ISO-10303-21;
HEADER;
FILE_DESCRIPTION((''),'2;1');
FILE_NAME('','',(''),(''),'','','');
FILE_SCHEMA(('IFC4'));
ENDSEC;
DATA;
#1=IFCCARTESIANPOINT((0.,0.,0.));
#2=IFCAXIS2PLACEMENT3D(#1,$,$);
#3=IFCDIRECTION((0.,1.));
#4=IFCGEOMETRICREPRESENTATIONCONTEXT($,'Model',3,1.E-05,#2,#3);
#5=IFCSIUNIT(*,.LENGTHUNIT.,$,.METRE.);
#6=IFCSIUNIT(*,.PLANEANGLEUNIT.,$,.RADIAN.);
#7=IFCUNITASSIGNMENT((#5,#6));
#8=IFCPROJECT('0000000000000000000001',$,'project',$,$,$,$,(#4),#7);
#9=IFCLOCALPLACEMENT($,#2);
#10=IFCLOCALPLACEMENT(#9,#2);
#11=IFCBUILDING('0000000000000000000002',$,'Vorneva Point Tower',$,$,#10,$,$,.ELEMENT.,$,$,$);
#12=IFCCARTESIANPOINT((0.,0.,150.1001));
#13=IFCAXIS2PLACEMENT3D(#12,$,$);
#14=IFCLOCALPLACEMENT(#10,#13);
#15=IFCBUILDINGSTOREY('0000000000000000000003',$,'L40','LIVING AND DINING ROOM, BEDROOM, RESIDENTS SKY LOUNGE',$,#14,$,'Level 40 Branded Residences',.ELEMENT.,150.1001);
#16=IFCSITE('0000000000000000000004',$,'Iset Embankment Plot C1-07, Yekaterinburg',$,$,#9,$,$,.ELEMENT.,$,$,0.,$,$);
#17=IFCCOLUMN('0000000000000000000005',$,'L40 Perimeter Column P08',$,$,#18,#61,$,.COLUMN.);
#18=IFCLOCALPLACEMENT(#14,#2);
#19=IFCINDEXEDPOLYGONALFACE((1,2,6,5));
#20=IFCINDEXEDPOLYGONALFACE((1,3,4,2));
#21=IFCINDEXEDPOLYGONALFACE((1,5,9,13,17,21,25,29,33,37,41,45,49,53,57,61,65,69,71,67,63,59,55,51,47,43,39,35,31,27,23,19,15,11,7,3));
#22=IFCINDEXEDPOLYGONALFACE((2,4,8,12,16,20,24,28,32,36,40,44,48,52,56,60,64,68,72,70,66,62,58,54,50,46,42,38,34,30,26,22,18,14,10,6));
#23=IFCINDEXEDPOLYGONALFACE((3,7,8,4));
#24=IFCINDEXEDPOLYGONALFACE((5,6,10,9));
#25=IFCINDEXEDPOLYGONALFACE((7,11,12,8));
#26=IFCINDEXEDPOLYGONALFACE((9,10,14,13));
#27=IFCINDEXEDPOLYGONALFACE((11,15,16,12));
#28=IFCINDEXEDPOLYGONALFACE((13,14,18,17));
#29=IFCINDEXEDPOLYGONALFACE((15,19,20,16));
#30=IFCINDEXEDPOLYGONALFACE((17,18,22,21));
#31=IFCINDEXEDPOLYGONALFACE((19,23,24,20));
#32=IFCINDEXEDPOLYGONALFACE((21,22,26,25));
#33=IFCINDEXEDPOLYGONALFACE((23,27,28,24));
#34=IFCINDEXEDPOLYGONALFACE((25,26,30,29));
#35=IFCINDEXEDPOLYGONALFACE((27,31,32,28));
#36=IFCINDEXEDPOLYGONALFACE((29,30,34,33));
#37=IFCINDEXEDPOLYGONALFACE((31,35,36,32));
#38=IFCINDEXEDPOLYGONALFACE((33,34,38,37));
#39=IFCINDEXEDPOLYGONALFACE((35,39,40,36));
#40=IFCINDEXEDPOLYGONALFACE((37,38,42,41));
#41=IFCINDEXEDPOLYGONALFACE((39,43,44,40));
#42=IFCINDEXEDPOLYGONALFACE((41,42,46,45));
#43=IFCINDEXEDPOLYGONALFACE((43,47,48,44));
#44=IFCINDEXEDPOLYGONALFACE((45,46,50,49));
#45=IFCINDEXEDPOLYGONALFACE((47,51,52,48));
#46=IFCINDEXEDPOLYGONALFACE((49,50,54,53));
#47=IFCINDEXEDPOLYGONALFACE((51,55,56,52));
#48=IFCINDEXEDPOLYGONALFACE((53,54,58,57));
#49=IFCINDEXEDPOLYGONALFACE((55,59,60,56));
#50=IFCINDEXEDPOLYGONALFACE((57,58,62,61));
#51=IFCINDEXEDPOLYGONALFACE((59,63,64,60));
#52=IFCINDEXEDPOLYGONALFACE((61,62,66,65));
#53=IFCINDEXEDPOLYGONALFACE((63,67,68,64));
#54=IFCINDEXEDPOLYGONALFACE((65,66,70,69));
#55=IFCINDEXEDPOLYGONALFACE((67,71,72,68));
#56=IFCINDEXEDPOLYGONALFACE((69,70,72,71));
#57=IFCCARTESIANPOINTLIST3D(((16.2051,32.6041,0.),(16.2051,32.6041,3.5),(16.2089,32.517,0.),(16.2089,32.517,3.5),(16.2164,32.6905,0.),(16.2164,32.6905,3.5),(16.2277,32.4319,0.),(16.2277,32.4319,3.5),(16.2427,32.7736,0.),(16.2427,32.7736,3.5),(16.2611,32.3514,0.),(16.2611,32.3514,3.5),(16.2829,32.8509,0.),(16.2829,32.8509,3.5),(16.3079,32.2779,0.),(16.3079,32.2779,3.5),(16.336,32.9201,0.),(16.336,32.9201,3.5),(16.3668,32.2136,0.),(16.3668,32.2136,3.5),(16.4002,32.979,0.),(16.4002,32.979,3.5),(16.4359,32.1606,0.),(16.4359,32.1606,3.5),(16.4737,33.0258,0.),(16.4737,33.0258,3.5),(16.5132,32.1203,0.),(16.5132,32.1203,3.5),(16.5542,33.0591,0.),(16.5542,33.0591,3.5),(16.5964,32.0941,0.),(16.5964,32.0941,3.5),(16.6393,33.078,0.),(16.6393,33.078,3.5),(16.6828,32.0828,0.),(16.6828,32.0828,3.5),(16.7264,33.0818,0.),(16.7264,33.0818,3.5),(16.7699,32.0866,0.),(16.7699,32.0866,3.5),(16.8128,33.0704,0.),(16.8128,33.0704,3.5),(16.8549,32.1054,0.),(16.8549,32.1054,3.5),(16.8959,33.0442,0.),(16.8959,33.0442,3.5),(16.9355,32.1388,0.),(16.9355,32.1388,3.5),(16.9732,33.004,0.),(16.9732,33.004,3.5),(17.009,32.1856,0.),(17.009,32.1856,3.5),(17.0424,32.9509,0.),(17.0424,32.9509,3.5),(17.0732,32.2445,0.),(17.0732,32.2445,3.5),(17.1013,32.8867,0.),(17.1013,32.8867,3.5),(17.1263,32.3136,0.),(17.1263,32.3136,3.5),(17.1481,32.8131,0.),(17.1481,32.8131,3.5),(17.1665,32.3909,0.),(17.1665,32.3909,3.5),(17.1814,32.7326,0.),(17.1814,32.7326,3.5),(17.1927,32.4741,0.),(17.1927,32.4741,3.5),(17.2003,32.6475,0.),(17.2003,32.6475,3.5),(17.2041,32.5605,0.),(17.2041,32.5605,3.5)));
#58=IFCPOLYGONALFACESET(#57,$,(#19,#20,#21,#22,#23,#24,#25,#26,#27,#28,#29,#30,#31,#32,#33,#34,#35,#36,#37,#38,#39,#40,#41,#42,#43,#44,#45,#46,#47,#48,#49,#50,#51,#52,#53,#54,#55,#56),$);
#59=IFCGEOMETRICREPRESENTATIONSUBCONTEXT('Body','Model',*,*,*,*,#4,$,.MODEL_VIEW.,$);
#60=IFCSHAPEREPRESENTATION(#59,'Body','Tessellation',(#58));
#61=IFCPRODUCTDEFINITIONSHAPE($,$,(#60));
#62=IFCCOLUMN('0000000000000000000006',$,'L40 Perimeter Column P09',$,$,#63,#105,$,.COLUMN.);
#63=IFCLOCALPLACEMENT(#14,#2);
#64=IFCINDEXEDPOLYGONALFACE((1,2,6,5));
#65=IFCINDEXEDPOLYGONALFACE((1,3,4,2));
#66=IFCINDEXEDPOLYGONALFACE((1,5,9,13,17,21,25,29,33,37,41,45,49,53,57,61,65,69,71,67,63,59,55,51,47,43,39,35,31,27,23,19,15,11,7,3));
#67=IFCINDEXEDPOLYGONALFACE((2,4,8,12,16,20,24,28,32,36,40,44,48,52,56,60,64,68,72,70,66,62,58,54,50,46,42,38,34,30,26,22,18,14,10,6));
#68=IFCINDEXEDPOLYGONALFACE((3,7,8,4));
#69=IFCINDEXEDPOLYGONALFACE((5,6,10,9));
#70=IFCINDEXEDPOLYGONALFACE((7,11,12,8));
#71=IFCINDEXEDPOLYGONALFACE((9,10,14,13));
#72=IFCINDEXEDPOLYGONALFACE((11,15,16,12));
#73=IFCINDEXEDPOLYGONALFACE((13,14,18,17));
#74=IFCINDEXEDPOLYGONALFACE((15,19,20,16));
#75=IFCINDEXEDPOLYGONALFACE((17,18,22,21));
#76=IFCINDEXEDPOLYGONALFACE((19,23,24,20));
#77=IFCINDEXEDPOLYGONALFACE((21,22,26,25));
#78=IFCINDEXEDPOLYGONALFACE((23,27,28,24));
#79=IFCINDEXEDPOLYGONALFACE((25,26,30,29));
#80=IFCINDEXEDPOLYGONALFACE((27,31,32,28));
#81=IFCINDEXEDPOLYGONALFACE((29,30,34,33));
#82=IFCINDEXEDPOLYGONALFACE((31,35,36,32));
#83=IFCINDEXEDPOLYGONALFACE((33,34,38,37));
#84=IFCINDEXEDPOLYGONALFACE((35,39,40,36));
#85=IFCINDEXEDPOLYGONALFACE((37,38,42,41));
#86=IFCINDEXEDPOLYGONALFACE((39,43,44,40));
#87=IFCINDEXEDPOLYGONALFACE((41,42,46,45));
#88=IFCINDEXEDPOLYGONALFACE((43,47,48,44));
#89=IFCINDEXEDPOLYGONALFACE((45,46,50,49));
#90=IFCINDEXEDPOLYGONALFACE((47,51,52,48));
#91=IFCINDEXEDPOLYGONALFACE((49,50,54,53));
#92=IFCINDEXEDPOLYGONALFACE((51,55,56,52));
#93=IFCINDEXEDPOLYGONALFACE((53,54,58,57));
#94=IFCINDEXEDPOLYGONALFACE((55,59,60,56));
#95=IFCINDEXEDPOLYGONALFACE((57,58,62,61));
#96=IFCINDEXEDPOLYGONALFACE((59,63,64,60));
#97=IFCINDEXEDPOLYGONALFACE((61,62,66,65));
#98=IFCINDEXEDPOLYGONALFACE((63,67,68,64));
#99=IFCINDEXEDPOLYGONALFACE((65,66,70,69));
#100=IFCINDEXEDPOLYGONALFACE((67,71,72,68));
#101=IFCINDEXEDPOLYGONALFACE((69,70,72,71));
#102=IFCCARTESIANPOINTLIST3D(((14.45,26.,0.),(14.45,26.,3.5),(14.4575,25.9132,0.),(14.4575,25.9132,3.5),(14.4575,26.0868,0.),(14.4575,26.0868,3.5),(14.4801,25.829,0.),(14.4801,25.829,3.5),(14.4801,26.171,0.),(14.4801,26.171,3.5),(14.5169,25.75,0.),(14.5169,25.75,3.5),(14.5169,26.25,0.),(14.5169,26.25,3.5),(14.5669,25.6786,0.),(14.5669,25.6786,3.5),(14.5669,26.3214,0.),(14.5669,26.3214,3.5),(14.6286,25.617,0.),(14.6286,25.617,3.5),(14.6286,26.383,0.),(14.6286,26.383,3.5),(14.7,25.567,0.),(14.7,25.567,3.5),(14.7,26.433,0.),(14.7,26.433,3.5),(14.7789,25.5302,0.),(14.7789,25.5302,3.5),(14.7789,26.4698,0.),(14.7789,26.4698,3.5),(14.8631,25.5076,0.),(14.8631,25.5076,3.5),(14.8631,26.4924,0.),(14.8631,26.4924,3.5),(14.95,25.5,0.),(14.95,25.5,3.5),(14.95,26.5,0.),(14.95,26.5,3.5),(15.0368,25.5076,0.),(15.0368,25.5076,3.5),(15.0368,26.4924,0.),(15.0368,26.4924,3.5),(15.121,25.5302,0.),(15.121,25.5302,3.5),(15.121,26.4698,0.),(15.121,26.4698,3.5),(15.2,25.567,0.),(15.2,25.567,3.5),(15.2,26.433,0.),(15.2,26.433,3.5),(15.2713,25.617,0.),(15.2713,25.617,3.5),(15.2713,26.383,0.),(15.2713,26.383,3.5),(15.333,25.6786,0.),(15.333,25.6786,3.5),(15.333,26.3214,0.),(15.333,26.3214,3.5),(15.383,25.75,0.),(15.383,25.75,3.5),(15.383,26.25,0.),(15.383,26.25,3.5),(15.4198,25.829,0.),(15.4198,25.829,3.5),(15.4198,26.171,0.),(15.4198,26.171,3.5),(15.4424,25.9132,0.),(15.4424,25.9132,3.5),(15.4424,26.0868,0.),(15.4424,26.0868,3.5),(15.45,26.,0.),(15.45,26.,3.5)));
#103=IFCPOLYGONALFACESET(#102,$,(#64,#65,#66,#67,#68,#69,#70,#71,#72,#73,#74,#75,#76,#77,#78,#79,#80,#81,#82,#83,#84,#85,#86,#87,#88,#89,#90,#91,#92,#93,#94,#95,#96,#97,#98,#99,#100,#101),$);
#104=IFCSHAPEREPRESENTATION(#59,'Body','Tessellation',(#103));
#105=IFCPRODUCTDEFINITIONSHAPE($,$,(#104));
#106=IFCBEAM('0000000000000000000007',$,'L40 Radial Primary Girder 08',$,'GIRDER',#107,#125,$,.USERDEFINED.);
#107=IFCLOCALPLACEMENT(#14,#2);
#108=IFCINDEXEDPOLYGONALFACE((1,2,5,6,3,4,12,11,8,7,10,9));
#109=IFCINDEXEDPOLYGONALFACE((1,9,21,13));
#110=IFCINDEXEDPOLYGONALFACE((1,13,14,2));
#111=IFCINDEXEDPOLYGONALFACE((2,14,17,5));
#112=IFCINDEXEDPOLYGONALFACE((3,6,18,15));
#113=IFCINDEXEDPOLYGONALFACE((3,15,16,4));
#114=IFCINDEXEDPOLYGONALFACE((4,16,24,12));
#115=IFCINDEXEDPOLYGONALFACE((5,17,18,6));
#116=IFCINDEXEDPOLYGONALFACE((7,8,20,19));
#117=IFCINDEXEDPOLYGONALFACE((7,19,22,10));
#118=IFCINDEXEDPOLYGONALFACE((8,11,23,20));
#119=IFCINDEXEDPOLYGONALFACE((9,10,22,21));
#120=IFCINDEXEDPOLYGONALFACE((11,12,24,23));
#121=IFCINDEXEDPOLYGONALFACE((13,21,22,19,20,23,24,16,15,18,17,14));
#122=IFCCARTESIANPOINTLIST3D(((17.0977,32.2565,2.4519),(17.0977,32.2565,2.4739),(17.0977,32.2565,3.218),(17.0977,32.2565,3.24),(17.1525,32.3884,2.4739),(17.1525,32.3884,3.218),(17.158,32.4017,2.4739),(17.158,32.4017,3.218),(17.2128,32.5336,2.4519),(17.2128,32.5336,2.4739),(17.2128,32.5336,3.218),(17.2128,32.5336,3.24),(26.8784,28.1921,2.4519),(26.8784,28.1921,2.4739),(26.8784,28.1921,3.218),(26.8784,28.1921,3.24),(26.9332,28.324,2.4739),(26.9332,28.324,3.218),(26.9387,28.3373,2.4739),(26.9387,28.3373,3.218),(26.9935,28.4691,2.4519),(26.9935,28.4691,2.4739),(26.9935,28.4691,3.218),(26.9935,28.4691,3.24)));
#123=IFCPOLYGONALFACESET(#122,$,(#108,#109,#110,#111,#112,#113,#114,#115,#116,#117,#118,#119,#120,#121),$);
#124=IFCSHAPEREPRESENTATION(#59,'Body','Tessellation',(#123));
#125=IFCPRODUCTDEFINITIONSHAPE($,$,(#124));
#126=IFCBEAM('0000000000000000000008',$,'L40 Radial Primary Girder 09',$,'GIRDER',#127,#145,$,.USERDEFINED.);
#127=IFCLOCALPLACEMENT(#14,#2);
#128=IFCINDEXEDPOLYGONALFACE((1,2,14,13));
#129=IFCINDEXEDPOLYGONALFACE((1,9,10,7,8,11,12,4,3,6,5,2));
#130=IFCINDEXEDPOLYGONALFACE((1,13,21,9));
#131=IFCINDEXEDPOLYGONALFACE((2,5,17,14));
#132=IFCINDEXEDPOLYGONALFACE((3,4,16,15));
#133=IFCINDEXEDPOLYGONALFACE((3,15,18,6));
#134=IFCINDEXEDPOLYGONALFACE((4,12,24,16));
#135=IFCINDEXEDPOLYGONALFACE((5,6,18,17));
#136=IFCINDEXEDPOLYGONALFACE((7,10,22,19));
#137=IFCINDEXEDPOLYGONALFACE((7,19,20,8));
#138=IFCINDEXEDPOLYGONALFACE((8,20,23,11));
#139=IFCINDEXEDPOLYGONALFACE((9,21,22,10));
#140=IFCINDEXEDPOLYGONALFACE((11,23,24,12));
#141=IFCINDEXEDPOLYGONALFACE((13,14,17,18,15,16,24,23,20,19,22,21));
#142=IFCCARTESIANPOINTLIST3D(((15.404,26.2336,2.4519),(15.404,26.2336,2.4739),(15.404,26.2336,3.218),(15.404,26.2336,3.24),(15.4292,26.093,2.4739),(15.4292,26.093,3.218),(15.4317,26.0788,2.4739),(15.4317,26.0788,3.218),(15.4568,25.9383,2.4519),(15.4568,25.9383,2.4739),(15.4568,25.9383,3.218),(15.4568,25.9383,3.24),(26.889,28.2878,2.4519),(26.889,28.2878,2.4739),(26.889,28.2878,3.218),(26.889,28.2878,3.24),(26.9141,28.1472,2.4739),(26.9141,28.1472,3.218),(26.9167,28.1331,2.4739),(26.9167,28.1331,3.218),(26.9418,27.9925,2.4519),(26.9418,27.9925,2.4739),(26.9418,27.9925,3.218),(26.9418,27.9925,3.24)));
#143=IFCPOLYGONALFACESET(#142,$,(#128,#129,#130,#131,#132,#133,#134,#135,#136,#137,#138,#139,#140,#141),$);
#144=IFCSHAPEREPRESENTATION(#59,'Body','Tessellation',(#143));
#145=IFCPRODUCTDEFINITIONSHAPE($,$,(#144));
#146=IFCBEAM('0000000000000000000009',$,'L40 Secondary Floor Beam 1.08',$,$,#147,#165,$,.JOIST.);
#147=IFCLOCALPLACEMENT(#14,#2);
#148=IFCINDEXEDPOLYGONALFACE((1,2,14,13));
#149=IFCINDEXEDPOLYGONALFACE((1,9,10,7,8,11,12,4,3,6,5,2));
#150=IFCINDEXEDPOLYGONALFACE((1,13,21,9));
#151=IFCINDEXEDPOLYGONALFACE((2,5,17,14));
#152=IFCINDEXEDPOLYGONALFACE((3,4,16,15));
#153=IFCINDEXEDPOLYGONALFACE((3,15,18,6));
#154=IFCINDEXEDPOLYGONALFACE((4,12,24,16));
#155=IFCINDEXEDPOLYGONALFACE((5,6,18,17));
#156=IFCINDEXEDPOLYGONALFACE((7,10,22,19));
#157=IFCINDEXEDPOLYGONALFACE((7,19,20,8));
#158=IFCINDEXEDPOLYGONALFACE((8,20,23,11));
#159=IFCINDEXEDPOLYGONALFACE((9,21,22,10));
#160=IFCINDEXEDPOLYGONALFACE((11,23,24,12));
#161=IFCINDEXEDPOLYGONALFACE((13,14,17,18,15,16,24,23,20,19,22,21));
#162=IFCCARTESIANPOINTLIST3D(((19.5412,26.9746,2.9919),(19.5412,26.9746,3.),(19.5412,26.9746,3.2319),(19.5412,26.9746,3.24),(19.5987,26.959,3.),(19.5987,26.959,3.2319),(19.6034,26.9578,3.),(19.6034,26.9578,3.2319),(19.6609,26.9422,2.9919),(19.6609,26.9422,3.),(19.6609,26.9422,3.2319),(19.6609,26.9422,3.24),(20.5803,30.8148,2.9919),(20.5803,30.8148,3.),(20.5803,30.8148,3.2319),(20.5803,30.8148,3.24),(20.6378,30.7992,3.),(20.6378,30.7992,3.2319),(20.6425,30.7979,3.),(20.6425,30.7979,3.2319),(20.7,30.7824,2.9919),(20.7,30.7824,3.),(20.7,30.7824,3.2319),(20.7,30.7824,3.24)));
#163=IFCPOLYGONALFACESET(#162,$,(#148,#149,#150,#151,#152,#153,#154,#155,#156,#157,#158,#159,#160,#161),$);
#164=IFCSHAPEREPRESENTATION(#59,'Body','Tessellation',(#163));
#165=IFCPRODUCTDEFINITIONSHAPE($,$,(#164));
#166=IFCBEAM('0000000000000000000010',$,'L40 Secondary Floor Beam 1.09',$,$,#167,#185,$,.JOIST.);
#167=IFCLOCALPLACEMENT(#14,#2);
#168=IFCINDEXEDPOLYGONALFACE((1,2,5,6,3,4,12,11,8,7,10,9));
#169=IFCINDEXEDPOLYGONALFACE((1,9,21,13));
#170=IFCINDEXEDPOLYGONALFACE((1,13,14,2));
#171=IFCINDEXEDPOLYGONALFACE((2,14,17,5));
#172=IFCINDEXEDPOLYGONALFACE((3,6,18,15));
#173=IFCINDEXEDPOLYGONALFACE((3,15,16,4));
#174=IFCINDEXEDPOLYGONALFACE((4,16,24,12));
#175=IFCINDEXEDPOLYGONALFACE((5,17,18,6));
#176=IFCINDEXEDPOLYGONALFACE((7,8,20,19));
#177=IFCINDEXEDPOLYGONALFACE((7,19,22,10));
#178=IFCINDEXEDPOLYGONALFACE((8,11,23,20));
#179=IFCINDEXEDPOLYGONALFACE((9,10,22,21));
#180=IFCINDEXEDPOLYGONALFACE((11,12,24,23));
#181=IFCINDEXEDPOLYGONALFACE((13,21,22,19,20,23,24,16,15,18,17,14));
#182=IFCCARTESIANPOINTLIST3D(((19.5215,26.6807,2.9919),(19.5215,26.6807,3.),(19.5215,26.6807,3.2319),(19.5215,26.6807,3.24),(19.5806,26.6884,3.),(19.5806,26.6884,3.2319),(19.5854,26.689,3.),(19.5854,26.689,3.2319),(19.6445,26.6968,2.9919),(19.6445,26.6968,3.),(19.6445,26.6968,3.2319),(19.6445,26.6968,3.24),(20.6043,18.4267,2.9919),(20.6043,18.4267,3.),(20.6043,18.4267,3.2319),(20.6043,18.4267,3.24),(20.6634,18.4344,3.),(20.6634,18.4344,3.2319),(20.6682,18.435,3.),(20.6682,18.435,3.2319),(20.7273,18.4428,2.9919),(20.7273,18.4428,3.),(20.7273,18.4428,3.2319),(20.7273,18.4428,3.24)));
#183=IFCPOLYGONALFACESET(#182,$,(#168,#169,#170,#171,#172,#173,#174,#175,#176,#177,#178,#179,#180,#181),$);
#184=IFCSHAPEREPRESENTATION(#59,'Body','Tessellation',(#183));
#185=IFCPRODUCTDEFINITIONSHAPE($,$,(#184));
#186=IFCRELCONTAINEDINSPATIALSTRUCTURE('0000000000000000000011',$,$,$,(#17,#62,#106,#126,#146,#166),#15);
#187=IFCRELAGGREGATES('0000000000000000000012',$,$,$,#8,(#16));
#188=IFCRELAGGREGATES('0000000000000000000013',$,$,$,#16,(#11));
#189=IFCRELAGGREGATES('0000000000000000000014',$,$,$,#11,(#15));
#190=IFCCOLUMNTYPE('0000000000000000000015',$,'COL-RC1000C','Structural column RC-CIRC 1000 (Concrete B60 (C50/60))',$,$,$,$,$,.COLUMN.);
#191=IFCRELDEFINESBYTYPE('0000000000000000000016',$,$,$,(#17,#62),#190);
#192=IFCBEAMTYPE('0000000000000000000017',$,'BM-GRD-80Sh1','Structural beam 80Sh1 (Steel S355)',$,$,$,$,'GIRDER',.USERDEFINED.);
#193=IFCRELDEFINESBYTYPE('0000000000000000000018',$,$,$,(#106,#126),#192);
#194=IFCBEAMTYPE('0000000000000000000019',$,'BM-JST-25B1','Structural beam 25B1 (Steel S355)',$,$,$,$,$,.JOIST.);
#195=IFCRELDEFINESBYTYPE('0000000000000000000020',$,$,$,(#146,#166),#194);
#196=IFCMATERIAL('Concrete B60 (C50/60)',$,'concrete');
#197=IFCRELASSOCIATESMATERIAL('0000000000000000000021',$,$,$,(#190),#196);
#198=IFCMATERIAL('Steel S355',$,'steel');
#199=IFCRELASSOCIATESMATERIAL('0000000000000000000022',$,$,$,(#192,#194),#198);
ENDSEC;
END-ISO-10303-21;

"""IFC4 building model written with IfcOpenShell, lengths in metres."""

from ifc_helpers import new_model, si_unit, direction, frame, origin, origin_2d, place, context, subcontext, project, spatial, circle, i_section, extrude, material, material_profile, profile_set, type_object, element, save


model = new_model("IFC4")

# Units and contexts
model_context = context("Model", 3, precision=1e-05, world=origin(), true_north=direction((0.0, 1.0)))
body_context = subcontext(model_context, "Body", "Model", "MODEL_VIEW")
ifc_project = project(units=[si_unit("LENGTHUNIT", "METRE"), si_unit("PLANEANGLEUNIT", "RADIAN")], contexts=[model_context])

# Site, building, storey
site_placement = place(None, origin())
site = spatial("IfcSite", under=ifc_project, at=site_placement, Name="Iset Embankment Plot C1-07, Yekaterinburg", CompositionType="ELEMENT", RefElevation=0.0)
building_placement = place(site_placement, origin())
building = spatial("IfcBuilding", under=site, at=building_placement, Name="Vorneva Point Tower", CompositionType="ELEMENT")
storey_placement = place(building_placement, frame((0.0, 0.0, 150.1001)))
storey = spatial("IfcBuildingStorey", under=building, at=storey_placement, Name="L40", Description="LIVING AND DINING ROOM, BEDROOM, RESIDENTS SKY LOUNGE", LongName="Level 40 Branded Residences", CompositionType="ELEMENT", Elevation=150.1001)

# Columns
ifc_material_1 = material(Name="Concrete B60 (C50/60)", Category="concrete")
ifc_material_profile_1 = material_profile(ifc_material_1, circle(Radius=0.5, at=origin_2d()), Name="RC-CIRC 1000")
ifc_profile_set_1 = profile_set([ifc_material_profile_1], Name="Concrete B60 (C50/60)")
column_type = type_object("IfcColumnType", Name="COL-RC1000C", Description="Structural column RC-CIRC 1000 (Concrete B60 (C50/60))", PredefinedType="COLUMN", material=ifc_profile_set_1)
for number, where, z_axis, x_axis, name in (
    (1, (16.7046, 32.5823, 0.0), (0.0, 0.0, 1.0), (-0.92388, 0.382683, 0.0), "L40 Perimeter Column P08"),
    (2, (14.95, 26.0, 0.0), (0.0, 0.0, 1.0), (-1.0, 0.0, 0.0), "L40 Perimeter Column P09"),
):
    element("IfcColumn", number, at=place(storey_placement, frame(where, z_axis=z_axis, x_axis=x_axis)), inside=storey, type_object=column_type, Name=name, PredefinedType="COLUMN", context=body_context, shape_type="SweptSolid", body=[
        extrude(circle(Radius=0.5, at=origin_2d()), origin(), (0.0, 0.0, 1.0), 3.5),
    ])

# Beams
ifc_material_2 = material(Name="Steel S355", Category="steel")
ifc_material_profile_2 = material_profile(ifc_material_2, i_section(OverallWidth=0.3, OverallDepth=0.7881, WebThickness=0.0144, FlangeThickness=0.022, at=origin_2d()), Name="80Sh1")
ifc_profile_set_2 = profile_set([ifc_material_profile_2], Name="Steel S355")
beam_type_1 = type_object("IfcBeamType", Name="BM-GRD-80Sh1", Description="Structural beam 80Sh1 (Steel S355)", ElementType="GIRDER", PredefinedType="USERDEFINED", material=ifc_profile_set_2)
beam_1_placement = place(storey_placement, frame((17.1553, 32.395, 2.8459), z_axis=(0.923441, -0.383741, 0.0), x_axis=(0.383741, 0.923441, 0.0)))
element("IfcBeam", 3, at=beam_1_placement, inside=storey, type_object=beam_type_1, Name="L40 Radial Primary Girder 08", ObjectType="GIRDER", PredefinedType="USERDEFINED", context=body_context, shape_type="SweptSolid", body=[
    extrude(i_section(OverallWidth=0.3, OverallDepth=0.7881, WebThickness=0.0144, FlangeThickness=0.022, at=origin_2d()), origin(), (0.0, 0.0, 1.0), 10.5916),
])
beam_2_placement = place(storey_placement, frame((15.4304, 26.0859, 2.8459), z_axis=(0.984378, 0.176067, 0.0), x_axis=(-0.176067, 0.984378, 0.0)))
element("IfcBeam", 4, at=beam_2_placement, inside=storey, type_object=beam_type_1, Name="L40 Radial Primary Girder 09", ObjectType="GIRDER", PredefinedType="USERDEFINED", context=body_context, shape_type="SweptSolid", body=[
    extrude(i_section(OverallWidth=0.3, OverallDepth=0.7881, WebThickness=0.0144, FlangeThickness=0.022, at=origin_2d()), origin(), (0.0, 0.0, 1.0), 11.6672),
])
ifc_material_profile_3 = material_profile(ifc_material_2, i_section(OverallWidth=0.124, OverallDepth=0.248, WebThickness=0.0049, FlangeThickness=0.0081, at=origin_2d()), Name="25B1")
ifc_profile_set_3 = profile_set([ifc_material_profile_3], Name="Steel S355")
beam_type_2 = type_object("IfcBeamType", Name="BM-JST-25B1", Description="Structural beam 25B1 (Steel S355)", PredefinedType="JOIST", material=ifc_profile_set_3)
beam_3_placement = place(storey_placement, frame((20.6401, 30.7986, 3.116), z_axis=(-0.26119, -0.965287, 0.0), x_axis=(0.965287, -0.26119, 0.0)))
element("IfcBeam", 5, at=beam_3_placement, inside=storey, type_object=beam_type_2, Name="L40 Secondary Floor Beam 1.08", PredefinedType="JOIST", context=body_context, shape_type="SweptSolid", body=[
    extrude(i_section(OverallWidth=0.124, OverallDepth=0.248, WebThickness=0.0049, FlangeThickness=0.0081, at=origin_2d()), origin(), (0.0, 0.0, 1.0), 3.9783),
])
beam_4_placement = place(storey_placement, frame((19.583, 26.6887, 3.116), z_axis=(0.130068, -0.991505, 0.0), x_axis=(0.991505, 0.130068, 0.0)))
element("IfcBeam", 6, at=beam_4_placement, inside=storey, type_object=beam_type_2, Name="L40 Secondary Floor Beam 1.09", PredefinedType="JOIST", context=body_context, shape_type="SweptSolid", body=[
    extrude(i_section(OverallWidth=0.124, OverallDepth=0.248, WebThickness=0.0049, FlangeThickness=0.0081, at=origin_2d()), origin(), (0.0, 0.0, 1.0), 8.3247),
])

save(model, "model.ifc")
